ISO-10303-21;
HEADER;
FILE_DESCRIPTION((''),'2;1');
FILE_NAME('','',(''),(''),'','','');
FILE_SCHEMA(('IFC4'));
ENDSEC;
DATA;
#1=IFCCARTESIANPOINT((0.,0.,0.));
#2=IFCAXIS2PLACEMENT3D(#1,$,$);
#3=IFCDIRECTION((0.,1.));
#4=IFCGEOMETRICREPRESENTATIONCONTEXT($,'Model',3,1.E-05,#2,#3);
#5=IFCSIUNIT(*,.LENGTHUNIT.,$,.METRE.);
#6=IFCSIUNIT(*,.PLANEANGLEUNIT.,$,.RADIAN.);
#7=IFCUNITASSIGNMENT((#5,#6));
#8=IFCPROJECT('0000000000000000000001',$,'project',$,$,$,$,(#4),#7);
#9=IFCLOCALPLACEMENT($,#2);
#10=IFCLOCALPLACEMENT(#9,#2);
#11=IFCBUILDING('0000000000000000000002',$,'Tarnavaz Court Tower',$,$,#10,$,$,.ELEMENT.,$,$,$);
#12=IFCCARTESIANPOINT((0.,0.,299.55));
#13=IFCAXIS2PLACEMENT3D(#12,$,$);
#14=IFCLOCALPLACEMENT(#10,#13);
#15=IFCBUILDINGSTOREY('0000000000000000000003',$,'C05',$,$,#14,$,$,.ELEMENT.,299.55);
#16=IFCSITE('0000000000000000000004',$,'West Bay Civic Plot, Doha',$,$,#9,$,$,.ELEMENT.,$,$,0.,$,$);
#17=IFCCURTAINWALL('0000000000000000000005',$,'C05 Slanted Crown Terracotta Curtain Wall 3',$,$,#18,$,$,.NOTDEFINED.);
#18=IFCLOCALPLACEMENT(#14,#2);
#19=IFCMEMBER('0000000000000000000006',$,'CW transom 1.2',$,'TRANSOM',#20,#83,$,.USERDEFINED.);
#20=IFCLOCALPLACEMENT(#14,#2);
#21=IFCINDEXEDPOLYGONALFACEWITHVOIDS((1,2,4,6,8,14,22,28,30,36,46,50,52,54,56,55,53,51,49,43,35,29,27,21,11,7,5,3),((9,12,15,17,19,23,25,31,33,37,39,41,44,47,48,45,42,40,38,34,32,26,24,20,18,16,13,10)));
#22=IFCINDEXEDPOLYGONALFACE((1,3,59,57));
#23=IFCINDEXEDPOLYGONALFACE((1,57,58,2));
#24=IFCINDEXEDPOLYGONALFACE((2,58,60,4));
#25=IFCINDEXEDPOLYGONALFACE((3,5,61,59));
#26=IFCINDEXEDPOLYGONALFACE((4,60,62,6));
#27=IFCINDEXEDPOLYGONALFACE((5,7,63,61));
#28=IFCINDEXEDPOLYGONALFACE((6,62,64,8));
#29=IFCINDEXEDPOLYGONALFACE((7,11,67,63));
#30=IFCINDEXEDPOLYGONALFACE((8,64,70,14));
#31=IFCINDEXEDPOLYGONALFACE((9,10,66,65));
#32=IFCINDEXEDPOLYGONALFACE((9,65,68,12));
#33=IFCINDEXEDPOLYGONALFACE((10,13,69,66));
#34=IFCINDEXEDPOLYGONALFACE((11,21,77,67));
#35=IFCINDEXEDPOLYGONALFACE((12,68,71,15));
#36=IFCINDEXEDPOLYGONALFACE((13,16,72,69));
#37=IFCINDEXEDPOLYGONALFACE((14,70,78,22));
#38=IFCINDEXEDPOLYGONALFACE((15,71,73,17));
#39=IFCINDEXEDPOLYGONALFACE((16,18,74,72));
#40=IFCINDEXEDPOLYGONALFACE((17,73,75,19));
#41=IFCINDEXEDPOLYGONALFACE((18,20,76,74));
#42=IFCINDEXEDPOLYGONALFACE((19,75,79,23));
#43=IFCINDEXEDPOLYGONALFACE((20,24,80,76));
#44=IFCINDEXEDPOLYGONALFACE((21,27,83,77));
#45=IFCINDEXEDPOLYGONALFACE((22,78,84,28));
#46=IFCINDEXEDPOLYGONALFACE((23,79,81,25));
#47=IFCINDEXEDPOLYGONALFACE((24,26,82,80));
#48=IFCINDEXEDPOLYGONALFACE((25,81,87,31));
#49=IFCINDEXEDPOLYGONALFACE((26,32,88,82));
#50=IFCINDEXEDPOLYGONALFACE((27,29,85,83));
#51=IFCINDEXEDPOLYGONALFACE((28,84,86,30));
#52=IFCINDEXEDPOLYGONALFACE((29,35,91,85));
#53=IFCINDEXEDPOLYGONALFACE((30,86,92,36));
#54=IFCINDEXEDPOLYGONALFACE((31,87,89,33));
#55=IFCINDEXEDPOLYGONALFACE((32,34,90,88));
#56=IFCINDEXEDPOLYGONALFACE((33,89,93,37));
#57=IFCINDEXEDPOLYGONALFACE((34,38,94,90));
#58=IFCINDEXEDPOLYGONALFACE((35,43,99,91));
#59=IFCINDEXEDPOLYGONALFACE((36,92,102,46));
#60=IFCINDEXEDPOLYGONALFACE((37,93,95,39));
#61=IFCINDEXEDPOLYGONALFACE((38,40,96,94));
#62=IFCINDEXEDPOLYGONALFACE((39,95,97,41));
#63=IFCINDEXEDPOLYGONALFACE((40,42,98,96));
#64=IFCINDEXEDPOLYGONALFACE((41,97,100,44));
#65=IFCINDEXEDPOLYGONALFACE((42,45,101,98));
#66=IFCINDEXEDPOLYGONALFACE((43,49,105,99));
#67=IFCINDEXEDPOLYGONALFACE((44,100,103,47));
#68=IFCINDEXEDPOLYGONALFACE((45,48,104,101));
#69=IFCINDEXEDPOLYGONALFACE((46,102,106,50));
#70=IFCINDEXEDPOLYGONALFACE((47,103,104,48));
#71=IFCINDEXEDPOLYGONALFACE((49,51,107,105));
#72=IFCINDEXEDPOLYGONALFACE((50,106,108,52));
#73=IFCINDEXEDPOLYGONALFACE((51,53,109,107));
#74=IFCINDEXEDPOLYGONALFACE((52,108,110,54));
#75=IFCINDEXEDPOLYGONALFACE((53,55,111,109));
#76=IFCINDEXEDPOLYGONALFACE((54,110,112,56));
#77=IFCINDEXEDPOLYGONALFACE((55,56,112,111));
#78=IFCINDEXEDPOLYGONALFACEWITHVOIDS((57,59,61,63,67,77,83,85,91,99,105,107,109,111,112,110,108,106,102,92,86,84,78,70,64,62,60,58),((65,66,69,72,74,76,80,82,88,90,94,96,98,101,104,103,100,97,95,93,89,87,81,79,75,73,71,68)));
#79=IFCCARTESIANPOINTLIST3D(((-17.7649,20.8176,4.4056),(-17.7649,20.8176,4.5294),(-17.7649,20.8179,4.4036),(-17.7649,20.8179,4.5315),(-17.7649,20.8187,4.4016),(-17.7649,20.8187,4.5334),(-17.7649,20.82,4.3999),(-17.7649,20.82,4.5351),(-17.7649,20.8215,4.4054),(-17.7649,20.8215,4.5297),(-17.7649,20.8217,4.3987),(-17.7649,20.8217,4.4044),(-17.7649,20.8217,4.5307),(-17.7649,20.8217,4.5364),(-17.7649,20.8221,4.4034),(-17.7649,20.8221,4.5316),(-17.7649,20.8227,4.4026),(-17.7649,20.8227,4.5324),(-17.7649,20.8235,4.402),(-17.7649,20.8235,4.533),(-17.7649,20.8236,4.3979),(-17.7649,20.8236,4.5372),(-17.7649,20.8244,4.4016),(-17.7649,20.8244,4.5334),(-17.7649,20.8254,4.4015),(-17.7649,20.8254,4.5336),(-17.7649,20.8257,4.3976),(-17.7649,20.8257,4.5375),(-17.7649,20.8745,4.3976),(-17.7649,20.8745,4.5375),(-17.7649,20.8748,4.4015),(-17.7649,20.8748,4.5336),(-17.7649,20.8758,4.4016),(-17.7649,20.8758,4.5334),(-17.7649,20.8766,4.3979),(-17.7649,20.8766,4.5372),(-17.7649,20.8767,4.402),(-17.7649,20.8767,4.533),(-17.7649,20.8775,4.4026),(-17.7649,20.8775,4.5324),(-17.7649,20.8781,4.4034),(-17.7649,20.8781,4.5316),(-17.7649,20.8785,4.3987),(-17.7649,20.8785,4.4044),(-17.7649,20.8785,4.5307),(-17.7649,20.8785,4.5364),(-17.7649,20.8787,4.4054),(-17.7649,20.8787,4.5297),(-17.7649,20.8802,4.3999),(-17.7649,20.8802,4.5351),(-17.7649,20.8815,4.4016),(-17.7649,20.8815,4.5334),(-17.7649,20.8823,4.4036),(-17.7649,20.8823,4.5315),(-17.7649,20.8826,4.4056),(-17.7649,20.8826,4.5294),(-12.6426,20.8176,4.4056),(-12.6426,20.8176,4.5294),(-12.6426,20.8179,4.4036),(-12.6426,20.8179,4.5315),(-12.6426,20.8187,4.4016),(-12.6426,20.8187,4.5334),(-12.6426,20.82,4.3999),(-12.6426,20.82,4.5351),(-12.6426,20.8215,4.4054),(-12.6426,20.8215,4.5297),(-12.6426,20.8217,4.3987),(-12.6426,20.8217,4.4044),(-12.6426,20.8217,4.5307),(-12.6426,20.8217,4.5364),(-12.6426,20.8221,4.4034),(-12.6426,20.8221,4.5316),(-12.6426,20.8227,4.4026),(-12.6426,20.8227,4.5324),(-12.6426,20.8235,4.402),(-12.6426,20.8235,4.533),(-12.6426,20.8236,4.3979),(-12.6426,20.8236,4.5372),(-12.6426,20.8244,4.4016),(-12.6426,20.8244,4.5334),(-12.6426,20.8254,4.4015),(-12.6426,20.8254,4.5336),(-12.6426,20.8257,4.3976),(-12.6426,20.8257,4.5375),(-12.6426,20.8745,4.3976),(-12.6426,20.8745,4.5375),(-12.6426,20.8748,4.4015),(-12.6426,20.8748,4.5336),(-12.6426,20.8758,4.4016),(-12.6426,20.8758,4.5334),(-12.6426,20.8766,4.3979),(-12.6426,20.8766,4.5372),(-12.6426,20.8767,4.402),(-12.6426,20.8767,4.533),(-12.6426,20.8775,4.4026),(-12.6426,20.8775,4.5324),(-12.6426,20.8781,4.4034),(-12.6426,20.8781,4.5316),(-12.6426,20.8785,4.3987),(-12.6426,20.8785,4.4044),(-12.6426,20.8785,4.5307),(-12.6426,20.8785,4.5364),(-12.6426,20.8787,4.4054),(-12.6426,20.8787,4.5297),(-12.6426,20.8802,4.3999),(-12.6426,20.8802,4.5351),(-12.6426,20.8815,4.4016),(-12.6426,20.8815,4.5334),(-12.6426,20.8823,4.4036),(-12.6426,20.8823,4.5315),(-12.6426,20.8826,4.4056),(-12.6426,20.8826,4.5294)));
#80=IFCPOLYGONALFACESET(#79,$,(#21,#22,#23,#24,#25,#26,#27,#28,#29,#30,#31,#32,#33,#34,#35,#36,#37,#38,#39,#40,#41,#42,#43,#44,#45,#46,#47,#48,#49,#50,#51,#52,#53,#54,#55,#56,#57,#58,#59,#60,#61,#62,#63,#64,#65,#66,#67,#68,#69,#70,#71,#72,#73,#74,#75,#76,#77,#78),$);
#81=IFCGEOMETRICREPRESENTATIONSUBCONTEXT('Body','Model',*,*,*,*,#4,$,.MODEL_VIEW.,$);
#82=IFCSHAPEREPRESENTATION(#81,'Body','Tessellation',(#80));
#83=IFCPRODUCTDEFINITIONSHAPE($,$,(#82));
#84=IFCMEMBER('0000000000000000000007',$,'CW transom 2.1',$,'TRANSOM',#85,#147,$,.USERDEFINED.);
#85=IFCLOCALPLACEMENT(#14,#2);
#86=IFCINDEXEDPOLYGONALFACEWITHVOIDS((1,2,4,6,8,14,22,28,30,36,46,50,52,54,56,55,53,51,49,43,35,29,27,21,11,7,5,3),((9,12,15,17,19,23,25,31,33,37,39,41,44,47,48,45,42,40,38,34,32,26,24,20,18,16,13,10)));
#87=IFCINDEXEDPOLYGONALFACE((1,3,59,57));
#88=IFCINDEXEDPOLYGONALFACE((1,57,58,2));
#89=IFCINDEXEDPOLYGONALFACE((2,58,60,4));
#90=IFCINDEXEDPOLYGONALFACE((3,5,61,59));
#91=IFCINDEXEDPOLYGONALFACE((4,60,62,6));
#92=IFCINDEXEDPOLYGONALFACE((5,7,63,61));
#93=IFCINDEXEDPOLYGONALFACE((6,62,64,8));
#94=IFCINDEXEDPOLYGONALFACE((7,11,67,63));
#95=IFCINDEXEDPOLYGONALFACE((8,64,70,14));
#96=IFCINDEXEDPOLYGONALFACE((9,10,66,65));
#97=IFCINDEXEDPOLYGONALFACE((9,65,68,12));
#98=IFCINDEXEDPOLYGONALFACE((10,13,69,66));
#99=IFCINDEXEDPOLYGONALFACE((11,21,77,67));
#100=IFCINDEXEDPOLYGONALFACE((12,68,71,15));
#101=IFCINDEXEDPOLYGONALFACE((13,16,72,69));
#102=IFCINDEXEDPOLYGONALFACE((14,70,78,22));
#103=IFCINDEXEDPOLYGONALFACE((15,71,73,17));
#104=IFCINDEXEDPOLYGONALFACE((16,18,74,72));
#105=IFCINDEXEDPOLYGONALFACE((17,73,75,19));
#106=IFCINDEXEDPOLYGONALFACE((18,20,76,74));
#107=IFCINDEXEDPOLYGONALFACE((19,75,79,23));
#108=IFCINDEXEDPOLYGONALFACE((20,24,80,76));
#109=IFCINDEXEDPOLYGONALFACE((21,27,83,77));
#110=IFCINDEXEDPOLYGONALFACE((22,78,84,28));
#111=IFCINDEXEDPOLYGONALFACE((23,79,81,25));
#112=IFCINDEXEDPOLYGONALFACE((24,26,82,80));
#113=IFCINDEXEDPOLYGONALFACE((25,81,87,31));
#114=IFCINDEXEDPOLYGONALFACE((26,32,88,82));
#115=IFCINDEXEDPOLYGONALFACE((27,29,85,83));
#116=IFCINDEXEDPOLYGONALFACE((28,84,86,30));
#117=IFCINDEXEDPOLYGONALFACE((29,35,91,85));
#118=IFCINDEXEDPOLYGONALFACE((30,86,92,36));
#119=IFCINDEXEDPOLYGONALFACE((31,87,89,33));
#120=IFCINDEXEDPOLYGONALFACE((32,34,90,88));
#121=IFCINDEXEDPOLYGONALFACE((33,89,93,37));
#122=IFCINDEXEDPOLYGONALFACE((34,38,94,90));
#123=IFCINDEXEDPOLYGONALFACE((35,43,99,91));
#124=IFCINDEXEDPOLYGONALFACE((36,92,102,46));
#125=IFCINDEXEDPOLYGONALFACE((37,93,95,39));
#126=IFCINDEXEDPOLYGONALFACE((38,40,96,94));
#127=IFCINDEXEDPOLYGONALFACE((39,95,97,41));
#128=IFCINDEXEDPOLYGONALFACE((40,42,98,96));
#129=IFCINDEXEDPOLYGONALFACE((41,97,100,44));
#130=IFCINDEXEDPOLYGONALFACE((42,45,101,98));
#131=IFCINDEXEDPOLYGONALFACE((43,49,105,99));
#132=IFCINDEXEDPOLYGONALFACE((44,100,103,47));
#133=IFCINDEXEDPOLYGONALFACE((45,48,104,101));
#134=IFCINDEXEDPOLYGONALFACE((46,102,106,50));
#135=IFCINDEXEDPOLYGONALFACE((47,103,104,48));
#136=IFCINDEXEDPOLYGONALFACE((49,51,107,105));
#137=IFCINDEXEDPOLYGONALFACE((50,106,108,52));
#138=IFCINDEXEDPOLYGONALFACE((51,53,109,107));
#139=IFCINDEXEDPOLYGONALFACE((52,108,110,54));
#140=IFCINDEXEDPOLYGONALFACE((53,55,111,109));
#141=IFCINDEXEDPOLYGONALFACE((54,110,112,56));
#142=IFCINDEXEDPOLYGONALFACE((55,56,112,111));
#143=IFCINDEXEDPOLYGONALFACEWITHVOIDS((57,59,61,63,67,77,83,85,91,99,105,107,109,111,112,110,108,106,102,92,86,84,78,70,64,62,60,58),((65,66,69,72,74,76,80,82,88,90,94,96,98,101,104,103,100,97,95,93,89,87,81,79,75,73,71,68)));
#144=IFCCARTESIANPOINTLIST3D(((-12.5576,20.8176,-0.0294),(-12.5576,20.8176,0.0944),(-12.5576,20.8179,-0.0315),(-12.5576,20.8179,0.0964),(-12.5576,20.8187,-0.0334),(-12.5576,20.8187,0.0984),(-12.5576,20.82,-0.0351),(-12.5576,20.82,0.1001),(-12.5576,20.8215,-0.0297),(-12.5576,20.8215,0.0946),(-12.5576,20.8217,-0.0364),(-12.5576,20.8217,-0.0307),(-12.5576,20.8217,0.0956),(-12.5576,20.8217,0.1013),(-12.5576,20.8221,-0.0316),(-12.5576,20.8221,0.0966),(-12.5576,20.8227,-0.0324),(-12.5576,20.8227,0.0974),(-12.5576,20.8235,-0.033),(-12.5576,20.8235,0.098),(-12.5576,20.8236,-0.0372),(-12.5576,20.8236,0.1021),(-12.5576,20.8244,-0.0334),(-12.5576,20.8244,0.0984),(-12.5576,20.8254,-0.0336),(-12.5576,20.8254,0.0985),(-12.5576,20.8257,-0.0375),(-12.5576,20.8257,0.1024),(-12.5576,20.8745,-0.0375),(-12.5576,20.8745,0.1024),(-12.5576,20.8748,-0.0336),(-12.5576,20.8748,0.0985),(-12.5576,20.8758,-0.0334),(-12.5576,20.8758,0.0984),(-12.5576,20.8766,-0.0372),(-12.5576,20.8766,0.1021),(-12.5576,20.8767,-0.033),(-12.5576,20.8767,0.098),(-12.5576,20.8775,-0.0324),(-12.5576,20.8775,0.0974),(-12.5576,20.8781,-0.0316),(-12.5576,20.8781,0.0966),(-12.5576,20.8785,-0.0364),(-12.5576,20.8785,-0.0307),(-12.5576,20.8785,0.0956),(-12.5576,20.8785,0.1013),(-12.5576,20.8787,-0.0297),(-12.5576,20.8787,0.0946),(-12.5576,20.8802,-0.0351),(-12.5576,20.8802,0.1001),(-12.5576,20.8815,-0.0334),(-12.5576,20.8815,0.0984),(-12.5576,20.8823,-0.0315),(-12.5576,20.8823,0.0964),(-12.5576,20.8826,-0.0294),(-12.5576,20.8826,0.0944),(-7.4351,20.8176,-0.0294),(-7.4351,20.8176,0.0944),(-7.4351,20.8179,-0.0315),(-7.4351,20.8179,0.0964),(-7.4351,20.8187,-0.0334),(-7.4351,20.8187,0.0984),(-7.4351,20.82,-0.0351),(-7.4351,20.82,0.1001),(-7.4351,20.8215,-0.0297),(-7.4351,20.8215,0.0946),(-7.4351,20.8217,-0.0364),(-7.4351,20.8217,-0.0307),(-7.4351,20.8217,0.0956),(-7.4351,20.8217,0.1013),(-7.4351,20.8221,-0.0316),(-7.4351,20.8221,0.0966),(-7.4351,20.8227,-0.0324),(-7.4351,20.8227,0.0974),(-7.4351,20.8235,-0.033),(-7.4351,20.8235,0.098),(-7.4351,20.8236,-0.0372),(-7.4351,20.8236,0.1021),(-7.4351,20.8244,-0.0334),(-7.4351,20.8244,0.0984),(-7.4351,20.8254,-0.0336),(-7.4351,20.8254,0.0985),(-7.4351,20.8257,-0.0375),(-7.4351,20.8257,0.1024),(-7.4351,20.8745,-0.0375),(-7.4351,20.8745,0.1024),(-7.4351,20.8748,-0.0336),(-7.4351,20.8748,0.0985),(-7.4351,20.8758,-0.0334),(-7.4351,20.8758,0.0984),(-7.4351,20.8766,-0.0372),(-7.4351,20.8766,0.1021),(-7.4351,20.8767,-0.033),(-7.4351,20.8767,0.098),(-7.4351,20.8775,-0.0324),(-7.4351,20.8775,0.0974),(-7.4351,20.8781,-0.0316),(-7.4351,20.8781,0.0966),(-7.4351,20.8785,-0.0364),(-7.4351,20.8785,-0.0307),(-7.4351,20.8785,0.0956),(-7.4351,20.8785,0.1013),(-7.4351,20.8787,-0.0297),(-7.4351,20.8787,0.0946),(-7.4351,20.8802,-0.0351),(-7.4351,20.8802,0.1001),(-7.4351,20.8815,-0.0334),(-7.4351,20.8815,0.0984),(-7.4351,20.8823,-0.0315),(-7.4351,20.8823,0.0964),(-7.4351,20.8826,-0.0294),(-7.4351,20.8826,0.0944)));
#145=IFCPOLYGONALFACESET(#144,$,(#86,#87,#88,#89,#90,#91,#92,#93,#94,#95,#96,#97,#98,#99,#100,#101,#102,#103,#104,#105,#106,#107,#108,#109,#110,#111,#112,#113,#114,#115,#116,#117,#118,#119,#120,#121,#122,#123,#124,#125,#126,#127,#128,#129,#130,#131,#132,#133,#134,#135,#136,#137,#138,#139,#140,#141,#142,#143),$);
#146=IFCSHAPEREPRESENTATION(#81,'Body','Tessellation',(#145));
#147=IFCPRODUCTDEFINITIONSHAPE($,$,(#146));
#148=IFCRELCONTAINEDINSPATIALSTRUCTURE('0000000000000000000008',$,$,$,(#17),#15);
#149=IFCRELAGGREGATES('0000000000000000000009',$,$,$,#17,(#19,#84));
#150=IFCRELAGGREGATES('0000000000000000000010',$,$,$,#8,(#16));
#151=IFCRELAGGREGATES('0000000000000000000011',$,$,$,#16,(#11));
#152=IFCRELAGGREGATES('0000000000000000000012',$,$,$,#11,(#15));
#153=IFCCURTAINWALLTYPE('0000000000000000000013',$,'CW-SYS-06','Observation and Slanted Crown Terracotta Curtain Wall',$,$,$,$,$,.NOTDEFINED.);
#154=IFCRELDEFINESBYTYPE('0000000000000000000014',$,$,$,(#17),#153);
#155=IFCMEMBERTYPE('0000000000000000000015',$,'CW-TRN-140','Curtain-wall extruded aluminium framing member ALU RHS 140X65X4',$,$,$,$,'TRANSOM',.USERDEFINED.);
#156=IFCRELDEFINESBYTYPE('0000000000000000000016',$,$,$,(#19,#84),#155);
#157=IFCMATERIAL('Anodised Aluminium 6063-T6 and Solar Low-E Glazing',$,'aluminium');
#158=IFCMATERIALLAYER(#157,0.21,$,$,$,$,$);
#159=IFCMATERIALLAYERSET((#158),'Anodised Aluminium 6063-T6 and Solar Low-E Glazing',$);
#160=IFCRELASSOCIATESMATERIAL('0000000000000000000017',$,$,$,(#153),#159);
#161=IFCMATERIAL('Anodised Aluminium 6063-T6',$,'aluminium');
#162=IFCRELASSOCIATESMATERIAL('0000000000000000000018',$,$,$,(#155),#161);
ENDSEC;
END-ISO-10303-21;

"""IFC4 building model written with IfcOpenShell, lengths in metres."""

from ifc_helpers import new_model, si_unit, direction, frame, origin, origin_2d, place, context, subcontext, project, spatial, hollow_rectangle, extrude, material, layer, layer_set, material_profile, profile_set, type_object, element, aggregate, save


model = new_model("IFC4")

# Units and contexts
model_context = context("Model", 3, precision=1e-05, world=origin(), true_north=direction((0.0, 1.0)))
body_context = subcontext(model_context, "Body", "Model", "MODEL_VIEW")
ifc_project = project(units=[si_unit("LENGTHUNIT", "METRE"), si_unit("PLANEANGLEUNIT", "RADIAN")], contexts=[model_context])

# Site, building, storey
site_placement = place(None, origin())
site = spatial("IfcSite", under=ifc_project, at=site_placement, Name="West Bay Civic Plot, Doha", CompositionType="ELEMENT", RefElevation=0.0)
building_placement = place(site_placement, origin())
building = spatial("IfcBuilding", under=site, at=building_placement, Name="Tarnavaz Court Tower", CompositionType="ELEMENT")
storey_placement = place(building_placement, frame((0.0, 0.0, 299.55)))
storey = spatial("IfcBuildingStorey", under=building, at=storey_placement, Name="C05", CompositionType="ELEMENT", Elevation=299.55)

# Shared definitions
ifc_material_1 = material(Name="Anodised Aluminium 6063-T6 and Solar Low-E Glazing", Category="aluminium")
ifc_layer_1 = layer(ifc_material_1, 0.21)
ifc_layer_set_1 = layer_set([ifc_layer_1], Name="Anodised Aluminium 6063-T6 and Solar Low-E Glazing")
curtain_wall_type = type_object("IfcCurtainWallType", Name="CW-SYS-06", Description="Observation and Slanted Crown Terracotta Curtain Wall", PredefinedType="NOTDEFINED", material=ifc_layer_set_1)
ifc_material_2 = material(Name="Anodised Aluminium 6063-T6", Category="aluminium")

# Curtain wall
curtain_wall_1_placement = place(storey_placement, origin())
curtain_wall_1 = element("IfcCurtainWall", 1, at=curtain_wall_1_placement, inside=storey, type_object=curtain_wall_type, Name="C05 Slanted Crown Terracotta Curtain Wall 3", PredefinedType="NOTDEFINED")

# Members
ifc_material_profile_1 = material_profile(ifc_material_2, hollow_rectangle(XDim=0.0649, YDim=0.1399, WallThickness=0.0039, InnerFilletRadius=0.0039, OuterFilletRadius=0.0081, at=origin_2d()), Name="ALU RHS 140X65X4")
ifc_profile_set_1 = profile_set([ifc_material_profile_1], Name="Anodised Aluminium 6063-T6")
member_type_1 = type_object("IfcMemberType", Name="CW-TRN-140", Description="Curtain-wall extruded aluminium framing member ALU RHS 140X65X4", ElementType="TRANSOM", PredefinedType="USERDEFINED", material=ifc_profile_set_1)
member_1_placement = place(storey_placement, frame((-17.7649, 20.8501, 4.4675), z_axis=(1.0, 0.0, 0.0), x_axis=(0.0, 1.0, 0.0)))
member_1 = element("IfcMember", 2, at=member_1_placement, type_object=member_type_1, Name="CW transom 1.2", ObjectType="TRANSOM", PredefinedType="USERDEFINED", context=body_context, shape_type="SweptSolid", body=[
    extrude(hollow_rectangle(XDim=0.0649, YDim=0.1399, WallThickness=0.0039, InnerFilletRadius=0.0039, OuterFilletRadius=0.0081, at=origin_2d()), origin(), (0.0, 0.0, 1.0), 5.1223),
])
member_2_placement = place(storey_placement, frame((-12.5576, 20.8501, 0.0325), z_axis=(1.0, 0.0, 0.0), x_axis=(0.0, 1.0, 0.0)))
member_2 = element("IfcMember", 3, at=member_2_placement, type_object=member_type_1, Name="CW transom 2.1", ObjectType="TRANSOM", PredefinedType="USERDEFINED", context=body_context, shape_type="SweptSolid", body=[
    extrude(hollow_rectangle(XDim=0.0649, YDim=0.1399, WallThickness=0.0039, InnerFilletRadius=0.0039, OuterFilletRadius=0.0081, at=origin_2d()), origin(), (0.0, 0.0, 1.0), 5.1226),
])

aggregate(curtain_wall_1, [member_1, member_2])

save(model, "model.ifc")
